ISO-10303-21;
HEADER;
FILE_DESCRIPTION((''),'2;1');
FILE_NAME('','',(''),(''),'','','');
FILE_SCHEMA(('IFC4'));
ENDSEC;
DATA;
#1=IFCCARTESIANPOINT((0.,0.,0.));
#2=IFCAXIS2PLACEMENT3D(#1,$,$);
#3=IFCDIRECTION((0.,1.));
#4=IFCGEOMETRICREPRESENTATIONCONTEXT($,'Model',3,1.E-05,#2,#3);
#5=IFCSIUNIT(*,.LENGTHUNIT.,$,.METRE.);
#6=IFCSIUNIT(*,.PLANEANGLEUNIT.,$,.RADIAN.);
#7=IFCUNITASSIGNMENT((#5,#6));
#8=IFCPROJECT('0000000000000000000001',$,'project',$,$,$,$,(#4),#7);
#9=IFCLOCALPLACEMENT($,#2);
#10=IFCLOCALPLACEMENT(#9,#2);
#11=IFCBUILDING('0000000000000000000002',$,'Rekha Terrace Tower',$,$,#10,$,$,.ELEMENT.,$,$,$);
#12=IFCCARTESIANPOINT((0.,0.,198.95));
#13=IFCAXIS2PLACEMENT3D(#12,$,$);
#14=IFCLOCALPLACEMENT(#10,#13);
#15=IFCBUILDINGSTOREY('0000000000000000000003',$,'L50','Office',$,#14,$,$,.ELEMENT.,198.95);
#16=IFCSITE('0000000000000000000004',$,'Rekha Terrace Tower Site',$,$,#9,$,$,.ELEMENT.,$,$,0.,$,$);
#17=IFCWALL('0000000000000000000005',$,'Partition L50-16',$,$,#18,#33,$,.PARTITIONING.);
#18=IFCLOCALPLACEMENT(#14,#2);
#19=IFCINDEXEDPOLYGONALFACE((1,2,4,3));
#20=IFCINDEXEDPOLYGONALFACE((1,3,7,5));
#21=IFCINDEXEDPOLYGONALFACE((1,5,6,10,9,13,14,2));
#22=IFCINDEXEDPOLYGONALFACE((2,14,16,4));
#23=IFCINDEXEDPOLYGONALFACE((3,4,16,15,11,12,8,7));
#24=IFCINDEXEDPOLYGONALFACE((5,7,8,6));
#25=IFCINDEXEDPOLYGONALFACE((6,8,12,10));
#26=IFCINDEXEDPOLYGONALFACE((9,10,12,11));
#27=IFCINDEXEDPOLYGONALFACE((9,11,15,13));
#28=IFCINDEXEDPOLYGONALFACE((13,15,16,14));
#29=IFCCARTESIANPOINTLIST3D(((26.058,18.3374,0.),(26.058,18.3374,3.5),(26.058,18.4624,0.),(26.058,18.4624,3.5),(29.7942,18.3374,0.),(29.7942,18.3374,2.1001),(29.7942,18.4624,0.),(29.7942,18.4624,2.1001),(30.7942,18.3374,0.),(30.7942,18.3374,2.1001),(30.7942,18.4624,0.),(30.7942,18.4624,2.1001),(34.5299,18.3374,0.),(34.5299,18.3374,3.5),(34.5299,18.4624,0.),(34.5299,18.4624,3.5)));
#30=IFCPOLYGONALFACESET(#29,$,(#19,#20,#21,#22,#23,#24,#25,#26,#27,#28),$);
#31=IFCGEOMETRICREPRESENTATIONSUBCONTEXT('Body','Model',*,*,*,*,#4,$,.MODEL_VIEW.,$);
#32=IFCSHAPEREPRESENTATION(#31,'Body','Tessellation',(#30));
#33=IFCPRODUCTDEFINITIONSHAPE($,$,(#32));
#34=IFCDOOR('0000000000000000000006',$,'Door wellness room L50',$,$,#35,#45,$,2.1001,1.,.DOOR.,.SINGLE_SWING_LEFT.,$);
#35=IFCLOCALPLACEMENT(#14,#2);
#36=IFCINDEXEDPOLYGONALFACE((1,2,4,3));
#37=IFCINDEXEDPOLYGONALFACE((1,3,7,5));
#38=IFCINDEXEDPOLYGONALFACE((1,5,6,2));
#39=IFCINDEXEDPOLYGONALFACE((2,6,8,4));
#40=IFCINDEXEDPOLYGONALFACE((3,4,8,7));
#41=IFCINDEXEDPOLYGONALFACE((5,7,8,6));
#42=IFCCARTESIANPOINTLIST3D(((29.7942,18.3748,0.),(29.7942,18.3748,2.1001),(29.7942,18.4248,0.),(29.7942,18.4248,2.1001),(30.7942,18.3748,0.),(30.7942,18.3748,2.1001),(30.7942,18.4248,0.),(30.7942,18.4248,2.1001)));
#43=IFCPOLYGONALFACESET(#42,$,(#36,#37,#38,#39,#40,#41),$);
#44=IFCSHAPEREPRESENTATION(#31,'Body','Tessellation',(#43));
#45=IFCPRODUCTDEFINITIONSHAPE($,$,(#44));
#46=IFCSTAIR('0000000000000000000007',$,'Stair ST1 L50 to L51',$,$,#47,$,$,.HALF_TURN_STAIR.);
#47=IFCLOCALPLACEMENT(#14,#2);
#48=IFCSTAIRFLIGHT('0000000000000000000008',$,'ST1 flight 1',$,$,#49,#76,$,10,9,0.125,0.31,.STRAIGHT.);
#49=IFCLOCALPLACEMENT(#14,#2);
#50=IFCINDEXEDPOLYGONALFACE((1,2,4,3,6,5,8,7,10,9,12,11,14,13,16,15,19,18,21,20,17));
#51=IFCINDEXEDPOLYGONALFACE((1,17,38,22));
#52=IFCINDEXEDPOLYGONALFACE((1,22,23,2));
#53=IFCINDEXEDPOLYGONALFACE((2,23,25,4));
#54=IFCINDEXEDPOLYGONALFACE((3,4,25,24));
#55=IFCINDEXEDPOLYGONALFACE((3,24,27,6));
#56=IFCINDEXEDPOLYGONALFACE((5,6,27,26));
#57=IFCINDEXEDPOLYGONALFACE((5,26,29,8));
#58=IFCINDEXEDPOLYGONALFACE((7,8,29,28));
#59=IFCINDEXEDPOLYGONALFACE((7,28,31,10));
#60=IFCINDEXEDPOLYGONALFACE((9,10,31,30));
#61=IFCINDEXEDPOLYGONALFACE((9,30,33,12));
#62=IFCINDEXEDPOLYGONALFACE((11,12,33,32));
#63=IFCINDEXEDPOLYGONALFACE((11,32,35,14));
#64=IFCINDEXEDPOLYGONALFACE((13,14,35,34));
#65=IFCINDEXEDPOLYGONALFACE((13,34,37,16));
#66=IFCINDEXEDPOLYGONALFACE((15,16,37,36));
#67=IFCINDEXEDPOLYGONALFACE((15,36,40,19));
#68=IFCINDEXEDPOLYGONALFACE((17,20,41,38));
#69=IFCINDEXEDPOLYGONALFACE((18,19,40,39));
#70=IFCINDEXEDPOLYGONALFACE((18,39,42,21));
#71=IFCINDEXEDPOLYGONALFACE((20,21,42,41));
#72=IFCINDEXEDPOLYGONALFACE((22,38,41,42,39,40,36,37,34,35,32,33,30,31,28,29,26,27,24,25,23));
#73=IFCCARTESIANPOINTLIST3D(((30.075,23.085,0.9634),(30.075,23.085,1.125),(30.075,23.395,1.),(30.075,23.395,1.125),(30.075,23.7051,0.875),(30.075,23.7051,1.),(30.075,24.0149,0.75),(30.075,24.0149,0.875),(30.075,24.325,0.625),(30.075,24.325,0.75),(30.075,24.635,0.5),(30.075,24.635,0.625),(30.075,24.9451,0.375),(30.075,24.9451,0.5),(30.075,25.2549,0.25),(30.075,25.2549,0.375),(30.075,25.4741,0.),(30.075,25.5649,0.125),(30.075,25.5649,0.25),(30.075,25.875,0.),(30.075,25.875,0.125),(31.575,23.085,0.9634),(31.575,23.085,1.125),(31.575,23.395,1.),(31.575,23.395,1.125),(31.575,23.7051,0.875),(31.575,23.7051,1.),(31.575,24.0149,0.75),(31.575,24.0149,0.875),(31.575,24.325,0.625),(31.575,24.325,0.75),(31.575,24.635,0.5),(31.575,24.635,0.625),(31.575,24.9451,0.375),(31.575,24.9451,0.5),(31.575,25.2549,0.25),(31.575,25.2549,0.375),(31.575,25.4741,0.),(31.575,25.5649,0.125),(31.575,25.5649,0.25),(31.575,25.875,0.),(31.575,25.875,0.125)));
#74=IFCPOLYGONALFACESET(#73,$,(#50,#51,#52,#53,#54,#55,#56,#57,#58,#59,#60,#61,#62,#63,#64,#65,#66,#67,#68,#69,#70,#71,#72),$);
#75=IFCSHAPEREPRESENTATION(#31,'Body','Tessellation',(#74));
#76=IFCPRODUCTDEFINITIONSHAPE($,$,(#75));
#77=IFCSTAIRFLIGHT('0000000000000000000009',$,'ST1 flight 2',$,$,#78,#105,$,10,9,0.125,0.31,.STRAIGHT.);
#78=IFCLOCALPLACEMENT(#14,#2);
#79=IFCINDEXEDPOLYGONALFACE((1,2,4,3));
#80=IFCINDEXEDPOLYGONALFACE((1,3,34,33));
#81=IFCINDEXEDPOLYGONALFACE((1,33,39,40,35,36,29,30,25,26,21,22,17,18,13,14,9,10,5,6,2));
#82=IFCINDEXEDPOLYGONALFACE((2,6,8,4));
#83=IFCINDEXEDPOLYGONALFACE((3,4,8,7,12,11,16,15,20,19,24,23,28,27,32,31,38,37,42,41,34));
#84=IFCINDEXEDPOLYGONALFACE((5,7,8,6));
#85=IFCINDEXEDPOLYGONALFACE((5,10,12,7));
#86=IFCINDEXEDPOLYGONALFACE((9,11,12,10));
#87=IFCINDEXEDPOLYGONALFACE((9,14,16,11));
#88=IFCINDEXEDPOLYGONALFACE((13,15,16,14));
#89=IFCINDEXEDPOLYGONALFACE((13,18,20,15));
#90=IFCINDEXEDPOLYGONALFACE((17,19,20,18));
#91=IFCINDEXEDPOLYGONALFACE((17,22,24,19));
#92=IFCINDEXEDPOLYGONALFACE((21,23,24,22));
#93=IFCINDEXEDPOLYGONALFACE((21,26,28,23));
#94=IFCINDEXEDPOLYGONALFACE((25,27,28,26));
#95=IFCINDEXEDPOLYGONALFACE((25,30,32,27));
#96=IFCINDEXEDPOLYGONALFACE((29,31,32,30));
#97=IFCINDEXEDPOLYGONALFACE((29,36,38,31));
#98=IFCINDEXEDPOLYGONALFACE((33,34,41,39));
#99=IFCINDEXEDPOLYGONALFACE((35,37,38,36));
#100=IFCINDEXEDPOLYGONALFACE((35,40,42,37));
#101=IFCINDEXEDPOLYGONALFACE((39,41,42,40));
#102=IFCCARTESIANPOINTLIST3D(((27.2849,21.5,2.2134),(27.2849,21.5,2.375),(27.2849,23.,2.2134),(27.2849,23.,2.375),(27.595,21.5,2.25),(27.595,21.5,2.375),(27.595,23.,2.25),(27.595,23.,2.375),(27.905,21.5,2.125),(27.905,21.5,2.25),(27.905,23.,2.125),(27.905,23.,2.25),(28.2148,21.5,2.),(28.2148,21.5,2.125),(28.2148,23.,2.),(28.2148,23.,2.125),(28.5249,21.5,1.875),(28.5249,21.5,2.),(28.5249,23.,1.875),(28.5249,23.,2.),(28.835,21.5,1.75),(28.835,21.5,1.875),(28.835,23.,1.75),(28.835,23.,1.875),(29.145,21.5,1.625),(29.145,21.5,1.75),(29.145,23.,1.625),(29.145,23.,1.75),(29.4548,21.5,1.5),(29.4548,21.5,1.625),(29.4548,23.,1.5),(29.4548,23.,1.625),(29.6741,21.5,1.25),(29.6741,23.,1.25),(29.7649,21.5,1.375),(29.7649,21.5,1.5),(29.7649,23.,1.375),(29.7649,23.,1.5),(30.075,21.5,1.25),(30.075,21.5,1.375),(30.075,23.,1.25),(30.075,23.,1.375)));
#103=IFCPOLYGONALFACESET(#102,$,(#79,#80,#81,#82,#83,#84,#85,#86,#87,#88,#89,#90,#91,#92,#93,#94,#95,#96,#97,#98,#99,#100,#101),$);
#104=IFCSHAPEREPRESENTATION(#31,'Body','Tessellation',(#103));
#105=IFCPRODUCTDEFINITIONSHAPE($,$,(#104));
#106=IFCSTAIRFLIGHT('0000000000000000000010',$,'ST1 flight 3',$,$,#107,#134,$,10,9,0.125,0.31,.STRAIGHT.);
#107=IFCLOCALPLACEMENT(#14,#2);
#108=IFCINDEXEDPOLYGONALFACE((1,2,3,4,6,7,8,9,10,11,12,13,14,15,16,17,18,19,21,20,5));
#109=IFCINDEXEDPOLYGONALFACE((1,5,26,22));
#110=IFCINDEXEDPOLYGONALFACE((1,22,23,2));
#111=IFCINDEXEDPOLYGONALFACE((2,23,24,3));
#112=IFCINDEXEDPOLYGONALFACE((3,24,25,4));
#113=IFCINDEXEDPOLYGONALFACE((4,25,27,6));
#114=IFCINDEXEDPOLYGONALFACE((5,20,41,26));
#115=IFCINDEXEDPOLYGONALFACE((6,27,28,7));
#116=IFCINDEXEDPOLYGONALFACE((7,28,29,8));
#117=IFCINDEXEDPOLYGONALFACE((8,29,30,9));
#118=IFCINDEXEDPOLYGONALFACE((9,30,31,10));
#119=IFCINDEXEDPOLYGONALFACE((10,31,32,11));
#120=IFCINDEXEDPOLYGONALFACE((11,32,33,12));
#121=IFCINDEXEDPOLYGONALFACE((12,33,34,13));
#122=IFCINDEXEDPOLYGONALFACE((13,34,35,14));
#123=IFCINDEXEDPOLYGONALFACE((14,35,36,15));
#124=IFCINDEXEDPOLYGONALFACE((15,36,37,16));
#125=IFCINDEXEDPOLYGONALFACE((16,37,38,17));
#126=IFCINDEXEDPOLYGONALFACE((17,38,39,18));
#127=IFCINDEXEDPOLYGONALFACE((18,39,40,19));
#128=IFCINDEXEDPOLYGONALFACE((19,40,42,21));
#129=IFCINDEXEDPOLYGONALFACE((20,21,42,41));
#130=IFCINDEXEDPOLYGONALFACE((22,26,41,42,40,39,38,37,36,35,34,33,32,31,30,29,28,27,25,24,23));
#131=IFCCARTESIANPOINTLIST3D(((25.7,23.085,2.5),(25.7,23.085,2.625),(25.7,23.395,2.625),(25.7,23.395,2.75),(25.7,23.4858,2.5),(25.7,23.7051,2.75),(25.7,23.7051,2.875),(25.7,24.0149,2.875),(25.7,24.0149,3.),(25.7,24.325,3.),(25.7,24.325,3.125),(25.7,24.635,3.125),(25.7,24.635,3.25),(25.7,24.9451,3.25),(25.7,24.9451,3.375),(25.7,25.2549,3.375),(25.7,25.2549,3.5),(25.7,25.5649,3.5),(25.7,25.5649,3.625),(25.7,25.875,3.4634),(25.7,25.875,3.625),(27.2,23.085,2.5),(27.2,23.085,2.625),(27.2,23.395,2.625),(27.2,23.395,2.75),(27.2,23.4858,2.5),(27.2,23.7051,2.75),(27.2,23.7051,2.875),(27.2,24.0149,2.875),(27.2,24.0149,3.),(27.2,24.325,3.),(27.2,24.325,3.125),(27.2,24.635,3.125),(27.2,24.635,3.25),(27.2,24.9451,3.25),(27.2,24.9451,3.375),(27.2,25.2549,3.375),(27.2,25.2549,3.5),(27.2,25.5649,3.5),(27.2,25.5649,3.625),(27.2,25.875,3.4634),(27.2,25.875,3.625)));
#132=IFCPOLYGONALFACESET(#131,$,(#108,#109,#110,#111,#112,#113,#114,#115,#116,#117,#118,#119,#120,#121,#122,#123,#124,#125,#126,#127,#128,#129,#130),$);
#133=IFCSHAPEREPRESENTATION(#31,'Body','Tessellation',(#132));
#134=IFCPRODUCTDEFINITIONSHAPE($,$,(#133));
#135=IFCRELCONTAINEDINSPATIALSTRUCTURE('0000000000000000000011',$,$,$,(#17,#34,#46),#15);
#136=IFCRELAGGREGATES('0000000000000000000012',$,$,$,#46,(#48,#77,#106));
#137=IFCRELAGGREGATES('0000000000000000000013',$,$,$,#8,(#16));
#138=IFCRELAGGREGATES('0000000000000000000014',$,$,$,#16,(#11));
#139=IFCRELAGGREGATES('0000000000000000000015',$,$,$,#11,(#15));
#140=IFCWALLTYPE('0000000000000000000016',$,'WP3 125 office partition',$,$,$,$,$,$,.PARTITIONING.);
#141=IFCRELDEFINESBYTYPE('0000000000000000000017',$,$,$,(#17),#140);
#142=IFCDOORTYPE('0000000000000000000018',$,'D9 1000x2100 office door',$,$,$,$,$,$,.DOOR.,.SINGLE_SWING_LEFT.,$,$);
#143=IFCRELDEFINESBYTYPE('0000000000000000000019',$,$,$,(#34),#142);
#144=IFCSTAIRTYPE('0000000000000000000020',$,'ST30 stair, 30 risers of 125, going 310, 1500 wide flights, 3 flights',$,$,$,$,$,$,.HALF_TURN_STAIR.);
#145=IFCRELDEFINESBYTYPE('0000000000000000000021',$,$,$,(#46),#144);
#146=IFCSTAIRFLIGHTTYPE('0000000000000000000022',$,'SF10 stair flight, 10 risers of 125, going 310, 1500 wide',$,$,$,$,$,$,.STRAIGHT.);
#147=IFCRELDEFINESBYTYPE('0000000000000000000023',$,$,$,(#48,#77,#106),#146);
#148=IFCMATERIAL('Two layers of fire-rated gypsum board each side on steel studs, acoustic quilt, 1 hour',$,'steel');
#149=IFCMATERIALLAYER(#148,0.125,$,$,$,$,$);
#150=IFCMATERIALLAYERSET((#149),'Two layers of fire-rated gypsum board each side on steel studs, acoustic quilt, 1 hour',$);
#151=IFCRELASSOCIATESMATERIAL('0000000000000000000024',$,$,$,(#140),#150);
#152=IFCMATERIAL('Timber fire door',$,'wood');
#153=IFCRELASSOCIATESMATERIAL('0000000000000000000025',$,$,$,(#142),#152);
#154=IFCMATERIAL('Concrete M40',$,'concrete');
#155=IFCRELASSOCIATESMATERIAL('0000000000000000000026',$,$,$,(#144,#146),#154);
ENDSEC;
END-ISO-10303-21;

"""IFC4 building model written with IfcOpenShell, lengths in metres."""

from ifc_helpers import new_model, si_unit, direction, frame, frame_2d, origin, place, context, subcontext, project, spatial, polyline, rectangle, outline, extrude, material, layer, layer_set, type_object, element, fill, aggregate, save


model = new_model("IFC4")

# Units and contexts
model_context = context("Model", 3, precision=1e-05, world=origin(), true_north=direction((0.0, 1.0)))
body_context = subcontext(model_context, "Body", "Model", "MODEL_VIEW")
ifc_project = project(units=[si_unit("LENGTHUNIT", "METRE"), si_unit("PLANEANGLEUNIT", "RADIAN")], contexts=[model_context])

# Site, building, storey
site_placement = place(None, origin())
site = spatial("IfcSite", under=ifc_project, at=site_placement, Name="Rekha Terrace Tower Site", CompositionType="ELEMENT", RefElevation=0.0)
building_placement = place(site_placement, origin())
building = spatial("IfcBuilding", under=site, at=building_placement, Name="Rekha Terrace Tower", CompositionType="ELEMENT")
storey_placement = place(building_placement, frame((0.0, 0.0, 198.95)))
storey = spatial("IfcBuildingStorey", under=building, at=storey_placement, Name="L50", Description="Office", CompositionType="ELEMENT", Elevation=198.95)

# Shared definitions
ifc_material_1 = material(Name="Two layers of fire-rated gypsum board each side on steel studs, acoustic quilt, 1 hour", Category="steel")
ifc_layer_1 = layer(ifc_material_1, 0.125)
ifc_layer_set_1 = layer_set([ifc_layer_1], Name="Two layers of fire-rated gypsum board each side on steel studs, acoustic quilt, 1 hour")
wall_type_1 = type_object("IfcWallType", Name="WP3 125 office partition", PredefinedType="PARTITIONING", material=ifc_layer_set_1)

# Wall, opening, door
wall_1_placement = place(storey_placement, frame((26.0581, 18.3999, 0.0), z_axis=(0.0, 0.0, 1.0), x_axis=(1.0, 0.0, 0.0)))
wall_1 = element("IfcWall", 1, at=wall_1_placement, inside=storey, type_object=wall_type_1, Name="Partition L50-16", PredefinedType="PARTITIONING", context=body_context, shape_type="SweptSolid", body=[
    extrude(rectangle(XDim=8.4719, YDim=0.125, at=frame_2d((4.2358, 0.0))), origin(), (0.0, 0.0, 1.0), 3.5),
])
opening_placement = place(wall_1_placement, frame((3.7361, 0.0, 0.0)))
opening = element("IfcOpeningElement", 2, at=opening_placement, cuts=wall_1, PredefinedType="OPENING", context=body_context, shape_type="SweptSolid", body=[
    extrude(rectangle(XDim=1.0, YDim=2.1001, at=frame_2d((0.5, 1.05))), frame((0.0, 0.0725, 0.0), z_axis=(0.0, -1.0, 0.0), x_axis=(1.0, 0.0, 0.0)), (0.0, 0.0, 1.0), 0.145),
])
ifc_material_2 = material(Name="Timber fire door", Category="wood")
door_type = type_object("IfcDoorType", Name="D9 1000x2100 office door", OperationType="SINGLE_SWING_LEFT", PredefinedType="DOOR", material=ifc_material_2)
door_placement = place(opening_placement, origin())
door = element("IfcDoor", 3, at=door_placement, inside=storey, type_object=door_type, Name="Door wellness room L50", OperationType="SINGLE_SWING_LEFT", OverallHeight=2.1001, OverallWidth=1.0, PredefinedType="DOOR", context=body_context, shape_type="SweptSolid", body=[
    extrude(rectangle(XDim=1.0, YDim=2.1001, at=frame_2d((0.5, 1.05))), frame((0.0, 0.0249, 0.0), z_axis=(0.0, -1.0, 0.0), x_axis=(1.0, 0.0, 0.0)), (0.0, 0.0, 1.0), 0.05),
])
fill(opening, door)

# Stair, stair flights
ifc_material_3 = material(Name="Concrete M40", Category="concrete")
stair_type = type_object("IfcStairType", Name="ST30 stair, 30 risers of 125, going 310, 1500 wide flights, 3 flights", PredefinedType="HALF_TURN_STAIR", material=ifc_material_3)
stair_placement = place(storey_placement, origin())
stair = element("IfcStair", 4, at=stair_placement, inside=storey, type_object=stair_type, Name="Stair ST1 L50 to L51", PredefinedType="HALF_TURN_STAIR")
stair_flight_type = type_object("IfcStairFlightType", Name="SF10 stair flight, 10 risers of 125, going 310, 1500 wide", PredefinedType="STRAIGHT", material=ifc_material_3)
stair_flight_1_placement = place(storey_placement, frame((30.825, 25.875, 0.0), z_axis=(0.0, 0.0, 1.0), x_axis=(0.0, -1.0, 0.0)))
stair_flight_1 = element("IfcStairFlight", 5, at=stair_flight_1_placement, type_object=stair_flight_type, Name="ST1 flight 1", NumberOfRisers=10, NumberOfTreads=9, PredefinedType="STRAIGHT", RiserHeight=0.125, TreadLength=0.31, context=body_context, shape_type="SweptSolid", body=[
    extrude(outline(polyline([(0.0, 0.0), (0.0, 0.125), (0.3101, 0.125), (0.3101, 0.25), (0.6201, 0.25), (0.6201, 0.375), (0.9299, 0.375), (0.9299, 0.5), (1.24, 0.5), (1.24, 0.625), (1.55, 0.625), (1.55, 0.75), (1.8601, 0.75), (1.8601, 0.875), (2.1699, 0.875), (2.1699, 1.0), (2.48, 1.0), (2.48, 1.125), (2.79, 1.125), (2.79, 1.25), (2.79, 0.9634), (0.4009, 0.0), (0.0, 0.0)])), frame((0.0, 0.75, 0.0), z_axis=(0.0, -1.0, 0.0), x_axis=(1.0, 0.0, 0.0)), (0.0, 0.0, 1.0), 1.5),
])
stair_flight_2_placement = place(storey_placement, frame((30.075, 22.25, 1.25), z_axis=(0.0, 0.0, 1.0), x_axis=(-1.0, 0.0, 0.0)))
stair_flight_2 = element("IfcStairFlight", 6, at=stair_flight_2_placement, type_object=stair_flight_type, Name="ST1 flight 2", NumberOfRisers=10, NumberOfTreads=9, PredefinedType="STRAIGHT", RiserHeight=0.125, TreadLength=0.31, context=body_context, shape_type="SweptSolid", body=[
    extrude(outline(polyline([(0.0, 0.0), (0.0, 0.125), (0.3101, 0.125), (0.3101, 0.25), (0.6201, 0.25), (0.6201, 0.375), (0.9299, 0.375), (0.9299, 0.5), (1.24, 0.5), (1.24, 0.625), (1.55, 0.625), (1.55, 0.75), (1.8601, 0.75), (1.8601, 0.875), (2.1699, 0.875), (2.1699, 1.0), (2.48, 1.0), (2.48, 1.125), (2.79, 1.125), (2.79, 1.25), (2.79, 0.9634), (0.4009, 0.0), (0.0, 0.0)])), frame((0.0, 0.75, 0.0), z_axis=(0.0, -1.0, 0.0), x_axis=(1.0, 0.0, 0.0)), (0.0, 0.0, 1.0), 1.5),
])
stair_flight_3_placement = place(storey_placement, frame((26.45, 23.085, 2.5), z_axis=(0.0, 0.0, 1.0), x_axis=(0.0, 1.0, 0.0)))
stair_flight_3 = element("IfcStairFlight", 7, at=stair_flight_3_placement, type_object=stair_flight_type, Name="ST1 flight 3", NumberOfRisers=10, NumberOfTreads=9, PredefinedType="STRAIGHT", RiserHeight=0.125, TreadLength=0.31, context=body_context, shape_type="SweptSolid", body=[
    extrude(outline(polyline([(0.0, 0.0), (0.0, 0.125), (0.3101, 0.125), (0.3101, 0.25), (0.6201, 0.25), (0.6201, 0.375), (0.9299, 0.375), (0.9299, 0.5), (1.24, 0.5), (1.24, 0.625), (1.55, 0.625), (1.55, 0.75), (1.8601, 0.75), (1.8601, 0.875), (2.1699, 0.875), (2.1699, 1.0), (2.48, 1.0), (2.48, 1.125), (2.79, 1.125), (2.79, 1.25), (2.79, 0.9634), (0.4009, 0.0), (0.0, 0.0)])), frame((0.0, 0.75, 0.0), z_axis=(0.0, -1.0, 0.0), x_axis=(1.0, 0.0, 0.0)), (0.0, 0.0, 1.0), 1.5),
])
aggregate(stair, [stair_flight_1, stair_flight_2, stair_flight_3])

save(model, "model.ifc")
